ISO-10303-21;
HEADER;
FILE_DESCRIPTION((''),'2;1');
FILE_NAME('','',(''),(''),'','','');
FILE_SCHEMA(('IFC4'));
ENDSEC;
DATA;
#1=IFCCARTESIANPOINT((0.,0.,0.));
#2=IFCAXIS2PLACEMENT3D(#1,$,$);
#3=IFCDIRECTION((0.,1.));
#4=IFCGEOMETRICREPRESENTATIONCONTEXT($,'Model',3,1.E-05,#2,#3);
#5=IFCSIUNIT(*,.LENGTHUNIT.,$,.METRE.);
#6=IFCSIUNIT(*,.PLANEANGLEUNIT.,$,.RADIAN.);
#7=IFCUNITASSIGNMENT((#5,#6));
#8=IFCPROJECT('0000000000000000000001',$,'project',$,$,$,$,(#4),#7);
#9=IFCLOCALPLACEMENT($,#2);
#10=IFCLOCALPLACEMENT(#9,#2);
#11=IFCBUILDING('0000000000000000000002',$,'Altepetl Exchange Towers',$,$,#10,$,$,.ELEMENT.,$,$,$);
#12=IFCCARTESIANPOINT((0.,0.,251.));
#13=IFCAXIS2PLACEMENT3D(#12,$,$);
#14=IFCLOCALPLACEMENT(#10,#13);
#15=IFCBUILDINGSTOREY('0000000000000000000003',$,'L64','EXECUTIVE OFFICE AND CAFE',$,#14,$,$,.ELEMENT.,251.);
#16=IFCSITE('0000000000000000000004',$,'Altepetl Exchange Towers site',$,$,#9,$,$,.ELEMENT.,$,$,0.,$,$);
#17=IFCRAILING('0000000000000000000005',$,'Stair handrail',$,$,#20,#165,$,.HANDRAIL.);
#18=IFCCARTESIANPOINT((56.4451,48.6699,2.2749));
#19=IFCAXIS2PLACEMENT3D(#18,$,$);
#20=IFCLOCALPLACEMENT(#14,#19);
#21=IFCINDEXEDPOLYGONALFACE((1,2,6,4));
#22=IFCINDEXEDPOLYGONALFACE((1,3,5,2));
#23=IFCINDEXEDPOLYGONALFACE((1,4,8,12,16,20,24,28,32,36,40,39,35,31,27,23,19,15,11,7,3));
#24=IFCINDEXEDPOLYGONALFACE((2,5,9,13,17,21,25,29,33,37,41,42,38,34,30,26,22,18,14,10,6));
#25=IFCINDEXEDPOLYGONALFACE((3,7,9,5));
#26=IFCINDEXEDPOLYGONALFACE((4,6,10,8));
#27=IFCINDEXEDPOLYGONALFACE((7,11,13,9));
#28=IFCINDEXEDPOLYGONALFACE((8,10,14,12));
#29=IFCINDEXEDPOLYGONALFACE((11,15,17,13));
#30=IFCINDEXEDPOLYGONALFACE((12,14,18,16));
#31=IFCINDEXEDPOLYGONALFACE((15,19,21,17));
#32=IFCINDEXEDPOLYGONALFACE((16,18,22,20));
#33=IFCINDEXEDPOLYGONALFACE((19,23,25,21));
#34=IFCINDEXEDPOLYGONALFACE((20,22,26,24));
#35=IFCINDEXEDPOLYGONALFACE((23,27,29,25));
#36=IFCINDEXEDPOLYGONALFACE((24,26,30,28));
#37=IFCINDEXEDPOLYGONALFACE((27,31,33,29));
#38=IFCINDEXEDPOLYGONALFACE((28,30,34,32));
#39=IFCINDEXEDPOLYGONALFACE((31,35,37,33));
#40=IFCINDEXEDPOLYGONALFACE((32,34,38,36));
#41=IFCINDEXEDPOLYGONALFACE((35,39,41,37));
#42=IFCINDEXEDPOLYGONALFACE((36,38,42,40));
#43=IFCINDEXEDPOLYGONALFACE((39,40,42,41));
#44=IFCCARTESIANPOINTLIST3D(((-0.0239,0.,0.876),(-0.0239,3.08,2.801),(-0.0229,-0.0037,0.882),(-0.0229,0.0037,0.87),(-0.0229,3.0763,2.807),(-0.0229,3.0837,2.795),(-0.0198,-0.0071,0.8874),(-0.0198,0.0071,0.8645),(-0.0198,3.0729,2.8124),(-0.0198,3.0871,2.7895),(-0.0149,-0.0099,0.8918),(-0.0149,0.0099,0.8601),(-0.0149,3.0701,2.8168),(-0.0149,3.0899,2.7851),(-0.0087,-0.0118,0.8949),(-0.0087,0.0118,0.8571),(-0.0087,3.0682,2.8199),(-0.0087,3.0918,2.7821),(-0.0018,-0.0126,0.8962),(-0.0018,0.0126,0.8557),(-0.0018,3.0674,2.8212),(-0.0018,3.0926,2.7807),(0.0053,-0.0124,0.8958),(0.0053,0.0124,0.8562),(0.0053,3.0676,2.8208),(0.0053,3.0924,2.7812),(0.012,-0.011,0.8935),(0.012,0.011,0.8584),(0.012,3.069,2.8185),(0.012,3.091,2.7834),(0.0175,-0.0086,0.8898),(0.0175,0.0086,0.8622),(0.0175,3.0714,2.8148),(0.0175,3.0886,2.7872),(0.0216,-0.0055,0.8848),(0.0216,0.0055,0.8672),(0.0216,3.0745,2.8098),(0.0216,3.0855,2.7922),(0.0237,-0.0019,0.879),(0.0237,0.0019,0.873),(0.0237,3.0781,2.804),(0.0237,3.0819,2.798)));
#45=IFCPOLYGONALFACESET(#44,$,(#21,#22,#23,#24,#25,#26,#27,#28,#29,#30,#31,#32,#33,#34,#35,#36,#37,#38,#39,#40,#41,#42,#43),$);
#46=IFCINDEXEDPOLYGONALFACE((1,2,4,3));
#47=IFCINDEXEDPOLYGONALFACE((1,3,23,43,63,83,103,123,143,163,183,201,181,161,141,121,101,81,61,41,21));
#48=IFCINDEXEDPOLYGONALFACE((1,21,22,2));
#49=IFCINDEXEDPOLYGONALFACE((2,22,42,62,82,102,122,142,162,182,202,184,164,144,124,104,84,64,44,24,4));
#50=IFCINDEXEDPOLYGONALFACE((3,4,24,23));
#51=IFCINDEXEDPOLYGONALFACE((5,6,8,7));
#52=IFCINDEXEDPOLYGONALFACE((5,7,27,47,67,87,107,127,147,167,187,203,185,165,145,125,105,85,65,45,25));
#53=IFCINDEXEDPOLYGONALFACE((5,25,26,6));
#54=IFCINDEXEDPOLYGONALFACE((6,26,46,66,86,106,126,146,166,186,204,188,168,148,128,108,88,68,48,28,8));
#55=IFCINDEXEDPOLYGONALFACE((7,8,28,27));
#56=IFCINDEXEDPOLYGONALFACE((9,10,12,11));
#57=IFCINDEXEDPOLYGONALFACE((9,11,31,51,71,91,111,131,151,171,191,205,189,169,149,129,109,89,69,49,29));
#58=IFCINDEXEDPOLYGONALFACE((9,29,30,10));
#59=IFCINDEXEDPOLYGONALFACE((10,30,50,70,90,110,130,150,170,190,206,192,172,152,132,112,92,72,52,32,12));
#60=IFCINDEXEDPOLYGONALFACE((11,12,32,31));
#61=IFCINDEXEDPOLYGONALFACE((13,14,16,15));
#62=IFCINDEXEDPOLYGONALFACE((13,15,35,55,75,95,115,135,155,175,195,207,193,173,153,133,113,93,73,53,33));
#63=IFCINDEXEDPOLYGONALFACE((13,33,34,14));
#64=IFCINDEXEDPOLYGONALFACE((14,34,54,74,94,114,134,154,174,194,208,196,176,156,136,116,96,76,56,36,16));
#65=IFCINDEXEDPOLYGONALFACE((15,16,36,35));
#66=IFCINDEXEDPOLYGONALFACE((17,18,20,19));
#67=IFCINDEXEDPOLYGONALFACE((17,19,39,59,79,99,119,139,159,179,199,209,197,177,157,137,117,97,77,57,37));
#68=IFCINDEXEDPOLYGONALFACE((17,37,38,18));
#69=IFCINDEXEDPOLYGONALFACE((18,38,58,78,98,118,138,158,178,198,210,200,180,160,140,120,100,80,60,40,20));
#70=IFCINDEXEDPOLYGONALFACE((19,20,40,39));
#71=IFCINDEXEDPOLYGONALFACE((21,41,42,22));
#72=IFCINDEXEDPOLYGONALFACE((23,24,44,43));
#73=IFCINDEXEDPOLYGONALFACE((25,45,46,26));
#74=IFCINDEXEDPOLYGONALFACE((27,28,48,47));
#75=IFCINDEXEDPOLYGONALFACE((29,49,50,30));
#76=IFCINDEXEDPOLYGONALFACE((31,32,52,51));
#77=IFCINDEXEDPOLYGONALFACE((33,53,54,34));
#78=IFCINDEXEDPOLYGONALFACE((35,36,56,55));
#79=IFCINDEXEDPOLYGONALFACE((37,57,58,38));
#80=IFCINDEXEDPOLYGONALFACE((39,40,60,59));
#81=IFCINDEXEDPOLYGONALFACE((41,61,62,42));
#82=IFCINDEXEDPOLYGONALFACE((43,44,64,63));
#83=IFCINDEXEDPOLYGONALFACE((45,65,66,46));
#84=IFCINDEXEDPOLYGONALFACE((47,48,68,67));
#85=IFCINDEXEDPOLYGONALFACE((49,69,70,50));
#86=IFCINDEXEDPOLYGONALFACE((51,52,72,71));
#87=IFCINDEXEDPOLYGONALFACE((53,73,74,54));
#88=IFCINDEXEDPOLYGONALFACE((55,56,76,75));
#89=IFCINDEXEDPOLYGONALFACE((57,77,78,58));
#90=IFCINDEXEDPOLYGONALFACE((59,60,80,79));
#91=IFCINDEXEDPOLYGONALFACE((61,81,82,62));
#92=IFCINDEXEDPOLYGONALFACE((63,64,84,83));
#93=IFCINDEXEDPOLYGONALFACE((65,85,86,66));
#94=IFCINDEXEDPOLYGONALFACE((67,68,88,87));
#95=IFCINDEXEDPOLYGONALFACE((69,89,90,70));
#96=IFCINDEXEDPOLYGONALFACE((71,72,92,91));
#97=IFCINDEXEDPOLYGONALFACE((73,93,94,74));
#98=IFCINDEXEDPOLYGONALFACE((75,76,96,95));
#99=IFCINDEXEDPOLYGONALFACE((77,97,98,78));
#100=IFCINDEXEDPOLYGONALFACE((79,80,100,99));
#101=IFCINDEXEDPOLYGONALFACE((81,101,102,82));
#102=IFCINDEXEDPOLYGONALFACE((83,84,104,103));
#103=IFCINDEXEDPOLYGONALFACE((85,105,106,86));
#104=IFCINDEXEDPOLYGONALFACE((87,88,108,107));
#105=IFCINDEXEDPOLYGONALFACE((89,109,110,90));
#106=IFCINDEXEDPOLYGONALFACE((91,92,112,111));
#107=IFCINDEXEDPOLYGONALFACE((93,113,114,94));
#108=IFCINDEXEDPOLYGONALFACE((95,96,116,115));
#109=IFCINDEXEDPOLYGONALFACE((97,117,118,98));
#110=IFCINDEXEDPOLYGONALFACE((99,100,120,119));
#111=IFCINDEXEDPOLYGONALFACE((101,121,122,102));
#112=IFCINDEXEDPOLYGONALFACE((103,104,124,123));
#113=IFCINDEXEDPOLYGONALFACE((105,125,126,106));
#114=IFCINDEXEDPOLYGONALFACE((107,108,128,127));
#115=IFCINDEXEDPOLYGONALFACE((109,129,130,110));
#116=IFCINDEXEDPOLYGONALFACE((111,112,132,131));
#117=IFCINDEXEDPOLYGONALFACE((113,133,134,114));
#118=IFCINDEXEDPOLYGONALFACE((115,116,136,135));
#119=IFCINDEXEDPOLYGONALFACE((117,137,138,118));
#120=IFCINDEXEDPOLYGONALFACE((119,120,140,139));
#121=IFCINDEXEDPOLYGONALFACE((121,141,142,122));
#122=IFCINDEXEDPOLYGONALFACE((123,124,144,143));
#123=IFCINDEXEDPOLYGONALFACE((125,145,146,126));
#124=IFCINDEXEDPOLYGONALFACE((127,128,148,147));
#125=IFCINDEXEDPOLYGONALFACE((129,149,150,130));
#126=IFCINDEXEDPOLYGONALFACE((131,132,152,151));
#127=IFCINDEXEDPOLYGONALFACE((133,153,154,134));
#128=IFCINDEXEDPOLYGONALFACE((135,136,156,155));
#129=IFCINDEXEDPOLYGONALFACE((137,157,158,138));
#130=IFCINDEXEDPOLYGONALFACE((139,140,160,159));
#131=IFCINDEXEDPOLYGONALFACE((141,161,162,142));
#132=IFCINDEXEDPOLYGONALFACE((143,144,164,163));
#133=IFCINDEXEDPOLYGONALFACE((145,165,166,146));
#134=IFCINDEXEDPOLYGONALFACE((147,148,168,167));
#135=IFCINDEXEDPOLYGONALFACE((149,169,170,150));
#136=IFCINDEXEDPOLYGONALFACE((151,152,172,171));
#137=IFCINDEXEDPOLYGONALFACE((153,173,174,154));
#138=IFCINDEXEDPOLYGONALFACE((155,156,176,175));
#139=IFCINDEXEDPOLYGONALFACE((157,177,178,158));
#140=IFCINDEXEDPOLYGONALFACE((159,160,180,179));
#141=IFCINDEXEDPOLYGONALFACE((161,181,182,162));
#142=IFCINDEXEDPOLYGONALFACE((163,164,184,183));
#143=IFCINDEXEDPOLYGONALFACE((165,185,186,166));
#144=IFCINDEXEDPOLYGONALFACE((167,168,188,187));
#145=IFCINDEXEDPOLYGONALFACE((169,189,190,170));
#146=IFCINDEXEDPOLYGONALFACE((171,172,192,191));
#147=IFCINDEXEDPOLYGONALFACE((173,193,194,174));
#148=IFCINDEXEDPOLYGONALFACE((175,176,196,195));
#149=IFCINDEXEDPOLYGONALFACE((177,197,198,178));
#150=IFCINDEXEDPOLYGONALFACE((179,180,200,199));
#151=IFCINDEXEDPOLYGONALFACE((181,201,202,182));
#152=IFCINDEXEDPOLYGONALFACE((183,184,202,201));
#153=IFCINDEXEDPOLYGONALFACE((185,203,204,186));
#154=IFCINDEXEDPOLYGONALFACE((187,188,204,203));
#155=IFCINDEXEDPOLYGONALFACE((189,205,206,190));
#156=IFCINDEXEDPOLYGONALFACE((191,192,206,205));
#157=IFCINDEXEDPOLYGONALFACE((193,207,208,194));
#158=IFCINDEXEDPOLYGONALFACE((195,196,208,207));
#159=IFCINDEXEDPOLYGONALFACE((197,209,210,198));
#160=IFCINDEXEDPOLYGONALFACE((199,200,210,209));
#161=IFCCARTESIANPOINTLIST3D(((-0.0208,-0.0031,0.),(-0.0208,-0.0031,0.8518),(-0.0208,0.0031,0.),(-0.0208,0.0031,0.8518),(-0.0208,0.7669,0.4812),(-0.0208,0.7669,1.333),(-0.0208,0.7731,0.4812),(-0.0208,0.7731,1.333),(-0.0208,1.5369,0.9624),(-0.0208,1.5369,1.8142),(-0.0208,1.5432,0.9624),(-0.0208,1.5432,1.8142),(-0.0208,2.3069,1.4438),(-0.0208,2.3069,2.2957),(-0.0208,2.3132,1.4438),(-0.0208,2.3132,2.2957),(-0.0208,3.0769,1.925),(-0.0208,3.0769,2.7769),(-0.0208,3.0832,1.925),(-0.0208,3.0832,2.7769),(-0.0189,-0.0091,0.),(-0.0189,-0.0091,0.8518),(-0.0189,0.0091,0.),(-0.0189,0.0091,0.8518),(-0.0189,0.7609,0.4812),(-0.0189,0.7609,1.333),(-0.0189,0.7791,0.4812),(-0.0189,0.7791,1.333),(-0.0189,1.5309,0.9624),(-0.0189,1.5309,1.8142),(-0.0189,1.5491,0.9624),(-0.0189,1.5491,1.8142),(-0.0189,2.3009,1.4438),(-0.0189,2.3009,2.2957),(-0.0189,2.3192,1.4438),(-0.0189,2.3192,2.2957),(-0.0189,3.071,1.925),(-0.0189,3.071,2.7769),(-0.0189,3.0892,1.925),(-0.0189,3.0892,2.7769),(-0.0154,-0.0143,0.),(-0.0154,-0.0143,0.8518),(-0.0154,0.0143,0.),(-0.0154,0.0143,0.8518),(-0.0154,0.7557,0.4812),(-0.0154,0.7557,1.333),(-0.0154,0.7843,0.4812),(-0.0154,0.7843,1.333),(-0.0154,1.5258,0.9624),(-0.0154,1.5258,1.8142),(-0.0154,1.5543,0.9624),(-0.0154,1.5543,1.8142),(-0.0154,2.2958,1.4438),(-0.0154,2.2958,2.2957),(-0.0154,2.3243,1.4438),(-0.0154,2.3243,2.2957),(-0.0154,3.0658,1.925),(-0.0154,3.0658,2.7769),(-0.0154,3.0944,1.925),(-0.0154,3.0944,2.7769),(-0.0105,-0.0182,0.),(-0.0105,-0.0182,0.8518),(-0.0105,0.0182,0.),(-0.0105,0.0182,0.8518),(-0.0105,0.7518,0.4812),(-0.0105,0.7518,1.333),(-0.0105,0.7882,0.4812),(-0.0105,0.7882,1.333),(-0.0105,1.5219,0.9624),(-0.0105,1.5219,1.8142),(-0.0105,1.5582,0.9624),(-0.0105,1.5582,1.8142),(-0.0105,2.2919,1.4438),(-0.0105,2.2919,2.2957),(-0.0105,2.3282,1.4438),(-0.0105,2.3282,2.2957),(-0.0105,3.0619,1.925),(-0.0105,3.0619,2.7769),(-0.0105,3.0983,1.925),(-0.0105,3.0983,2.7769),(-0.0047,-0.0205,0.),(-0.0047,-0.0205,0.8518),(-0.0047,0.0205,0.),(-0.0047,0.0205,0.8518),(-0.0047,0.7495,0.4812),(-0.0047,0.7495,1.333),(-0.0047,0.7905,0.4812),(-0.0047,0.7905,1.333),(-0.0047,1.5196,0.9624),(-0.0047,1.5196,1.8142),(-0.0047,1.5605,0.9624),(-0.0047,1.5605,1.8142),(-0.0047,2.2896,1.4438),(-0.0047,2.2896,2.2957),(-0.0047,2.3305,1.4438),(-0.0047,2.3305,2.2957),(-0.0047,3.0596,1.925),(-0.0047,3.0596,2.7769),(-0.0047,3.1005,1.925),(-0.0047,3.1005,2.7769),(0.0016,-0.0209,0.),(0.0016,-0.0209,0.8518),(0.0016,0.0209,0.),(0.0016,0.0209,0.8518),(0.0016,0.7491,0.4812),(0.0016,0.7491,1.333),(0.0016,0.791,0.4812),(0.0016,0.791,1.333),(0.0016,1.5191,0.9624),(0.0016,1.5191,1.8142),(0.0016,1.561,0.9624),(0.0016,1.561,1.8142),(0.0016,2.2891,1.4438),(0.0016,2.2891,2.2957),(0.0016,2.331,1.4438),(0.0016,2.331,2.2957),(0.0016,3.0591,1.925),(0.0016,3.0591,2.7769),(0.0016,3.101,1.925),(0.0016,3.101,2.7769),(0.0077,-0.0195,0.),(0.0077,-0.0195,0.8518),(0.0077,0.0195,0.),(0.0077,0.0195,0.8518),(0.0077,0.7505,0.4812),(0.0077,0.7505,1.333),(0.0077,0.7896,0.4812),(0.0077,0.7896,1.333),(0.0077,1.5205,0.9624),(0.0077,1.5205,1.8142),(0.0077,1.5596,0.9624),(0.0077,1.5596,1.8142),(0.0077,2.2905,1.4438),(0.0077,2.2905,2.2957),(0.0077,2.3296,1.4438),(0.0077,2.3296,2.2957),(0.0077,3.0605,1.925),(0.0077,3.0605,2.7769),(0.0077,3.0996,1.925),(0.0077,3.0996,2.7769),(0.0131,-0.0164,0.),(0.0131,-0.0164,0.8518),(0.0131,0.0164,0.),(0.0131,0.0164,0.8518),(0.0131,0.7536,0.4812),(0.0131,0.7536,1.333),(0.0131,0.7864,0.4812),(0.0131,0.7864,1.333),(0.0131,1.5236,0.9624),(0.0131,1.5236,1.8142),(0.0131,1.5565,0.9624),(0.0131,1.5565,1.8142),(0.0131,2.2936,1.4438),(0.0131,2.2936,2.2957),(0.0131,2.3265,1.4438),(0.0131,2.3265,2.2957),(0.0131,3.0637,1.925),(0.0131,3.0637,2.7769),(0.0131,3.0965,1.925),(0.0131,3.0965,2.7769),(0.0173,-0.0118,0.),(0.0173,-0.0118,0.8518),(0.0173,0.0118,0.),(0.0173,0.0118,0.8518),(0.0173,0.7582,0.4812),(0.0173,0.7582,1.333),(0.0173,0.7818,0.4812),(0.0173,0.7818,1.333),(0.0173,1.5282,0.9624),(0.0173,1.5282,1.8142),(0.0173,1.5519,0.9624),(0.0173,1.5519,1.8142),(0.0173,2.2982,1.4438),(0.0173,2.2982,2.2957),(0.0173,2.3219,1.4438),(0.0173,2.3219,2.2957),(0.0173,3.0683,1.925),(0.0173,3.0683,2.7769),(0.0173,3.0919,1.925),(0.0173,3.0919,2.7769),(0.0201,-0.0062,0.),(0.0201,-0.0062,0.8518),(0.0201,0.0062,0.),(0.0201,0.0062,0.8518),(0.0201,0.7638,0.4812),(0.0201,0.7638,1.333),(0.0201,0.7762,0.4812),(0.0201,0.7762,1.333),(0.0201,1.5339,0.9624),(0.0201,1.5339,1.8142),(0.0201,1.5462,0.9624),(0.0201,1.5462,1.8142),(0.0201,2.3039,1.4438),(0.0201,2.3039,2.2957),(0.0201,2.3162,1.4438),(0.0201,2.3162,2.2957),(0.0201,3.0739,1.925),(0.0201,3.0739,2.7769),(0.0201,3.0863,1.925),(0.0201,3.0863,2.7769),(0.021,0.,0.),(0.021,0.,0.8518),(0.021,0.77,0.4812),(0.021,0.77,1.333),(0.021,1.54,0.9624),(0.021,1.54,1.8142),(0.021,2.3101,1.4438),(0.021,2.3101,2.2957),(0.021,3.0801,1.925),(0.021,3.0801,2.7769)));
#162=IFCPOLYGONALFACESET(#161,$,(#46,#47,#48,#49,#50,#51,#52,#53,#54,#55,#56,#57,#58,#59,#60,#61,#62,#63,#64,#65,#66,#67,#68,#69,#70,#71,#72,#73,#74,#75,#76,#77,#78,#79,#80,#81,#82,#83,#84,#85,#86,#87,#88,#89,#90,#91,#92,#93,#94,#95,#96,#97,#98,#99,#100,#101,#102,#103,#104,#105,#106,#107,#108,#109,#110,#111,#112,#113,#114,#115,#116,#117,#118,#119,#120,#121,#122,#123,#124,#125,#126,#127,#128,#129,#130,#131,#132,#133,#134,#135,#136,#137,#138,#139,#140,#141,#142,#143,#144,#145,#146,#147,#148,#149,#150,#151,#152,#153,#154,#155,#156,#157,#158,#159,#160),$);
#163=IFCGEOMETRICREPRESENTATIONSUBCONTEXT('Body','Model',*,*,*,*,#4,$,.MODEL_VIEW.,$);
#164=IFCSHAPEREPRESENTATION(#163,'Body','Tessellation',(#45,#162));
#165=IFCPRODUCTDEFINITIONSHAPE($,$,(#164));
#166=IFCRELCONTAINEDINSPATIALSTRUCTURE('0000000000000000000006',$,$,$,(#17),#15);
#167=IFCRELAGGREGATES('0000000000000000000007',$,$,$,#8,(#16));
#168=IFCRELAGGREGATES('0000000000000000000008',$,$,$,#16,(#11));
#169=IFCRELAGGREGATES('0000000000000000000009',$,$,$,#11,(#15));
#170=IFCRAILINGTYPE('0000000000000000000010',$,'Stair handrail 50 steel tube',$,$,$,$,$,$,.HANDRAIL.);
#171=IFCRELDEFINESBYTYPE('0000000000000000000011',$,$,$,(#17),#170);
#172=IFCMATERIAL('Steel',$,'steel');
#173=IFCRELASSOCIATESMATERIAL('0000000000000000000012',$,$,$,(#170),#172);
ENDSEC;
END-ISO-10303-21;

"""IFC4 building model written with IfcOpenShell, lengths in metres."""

from ifc_helpers import new_model, si_unit, direction, frame, origin, origin_2d, place, context, subcontext, project, spatial, circle, extrude, source, transform, mapped, material, type_object, element, save


model = new_model("IFC4")

# Units and contexts
model_context = context("Model", 3, precision=1e-05, world=origin(), true_north=direction((0.0, 1.0)))
body_context = subcontext(model_context, "Body", "Model", "MODEL_VIEW")
ifc_project = project(units=[si_unit("LENGTHUNIT", "METRE"), si_unit("PLANEANGLEUNIT", "RADIAN")], contexts=[model_context])

# Site, building, storey
site_placement = place(None, origin())
site = spatial("IfcSite", under=ifc_project, at=site_placement, Name="Altepetl Exchange Towers site", CompositionType="ELEMENT", RefElevation=0.0)
building_placement = place(site_placement, origin())
building = spatial("IfcBuilding", under=site, at=building_placement, Name="Altepetl Exchange Towers", CompositionType="ELEMENT")
storey_placement = place(building_placement, frame((0.0, 0.0, 251.0)))
storey = spatial("IfcBuildingStorey", under=building, at=storey_placement, Name="L64", Description="EXECUTIVE OFFICE AND CAFE", CompositionType="ELEMENT", Elevation=251.0)

# Railing
ifc_material_1 = material(Name="Steel", Category="steel")
railing_type = type_object("IfcRailingType", Name="Stair handrail 50 steel tube", PredefinedType="HANDRAIL", material=ifc_material_1)
shared_shape = source(origin(), body_context, "Body", "SweptSolid", [
    extrude(circle(Radius=0.021, at=origin_2d()), origin(), (0.0, 0.0, 1.0), 0.8518),
])
railing_placement = place(storey_placement, frame((56.4451, 48.6699, 2.2749)))
element("IfcRailing", 1, at=railing_placement, inside=storey, type_object=railing_type, Name="Stair handrail", PredefinedType="HANDRAIL", context=body_context, shape_type="SweptSolid", body=[
    extrude(circle(Radius=0.0239, at=origin_2d()), frame((0.0, 0.0, 0.876), z_axis=(0.0, 0.847998, 0.529999), x_axis=(-1.0, 0.0, 0.0)), (0.0, 0.0, 1.0), 3.6321),
    mapped(shared_shape, transform((0.0, 0.0, 0.0))),
    mapped(shared_shape, transform((0.0, 0.77, 0.4812))),
    mapped(shared_shape, transform((0.0, 1.54, 0.9624))),
    mapped(shared_shape, transform((0.0, 2.3101, 1.4438))),
    mapped(shared_shape, transform((0.0, 3.0801, 1.925))),
])

save(model, "model.ifc")
